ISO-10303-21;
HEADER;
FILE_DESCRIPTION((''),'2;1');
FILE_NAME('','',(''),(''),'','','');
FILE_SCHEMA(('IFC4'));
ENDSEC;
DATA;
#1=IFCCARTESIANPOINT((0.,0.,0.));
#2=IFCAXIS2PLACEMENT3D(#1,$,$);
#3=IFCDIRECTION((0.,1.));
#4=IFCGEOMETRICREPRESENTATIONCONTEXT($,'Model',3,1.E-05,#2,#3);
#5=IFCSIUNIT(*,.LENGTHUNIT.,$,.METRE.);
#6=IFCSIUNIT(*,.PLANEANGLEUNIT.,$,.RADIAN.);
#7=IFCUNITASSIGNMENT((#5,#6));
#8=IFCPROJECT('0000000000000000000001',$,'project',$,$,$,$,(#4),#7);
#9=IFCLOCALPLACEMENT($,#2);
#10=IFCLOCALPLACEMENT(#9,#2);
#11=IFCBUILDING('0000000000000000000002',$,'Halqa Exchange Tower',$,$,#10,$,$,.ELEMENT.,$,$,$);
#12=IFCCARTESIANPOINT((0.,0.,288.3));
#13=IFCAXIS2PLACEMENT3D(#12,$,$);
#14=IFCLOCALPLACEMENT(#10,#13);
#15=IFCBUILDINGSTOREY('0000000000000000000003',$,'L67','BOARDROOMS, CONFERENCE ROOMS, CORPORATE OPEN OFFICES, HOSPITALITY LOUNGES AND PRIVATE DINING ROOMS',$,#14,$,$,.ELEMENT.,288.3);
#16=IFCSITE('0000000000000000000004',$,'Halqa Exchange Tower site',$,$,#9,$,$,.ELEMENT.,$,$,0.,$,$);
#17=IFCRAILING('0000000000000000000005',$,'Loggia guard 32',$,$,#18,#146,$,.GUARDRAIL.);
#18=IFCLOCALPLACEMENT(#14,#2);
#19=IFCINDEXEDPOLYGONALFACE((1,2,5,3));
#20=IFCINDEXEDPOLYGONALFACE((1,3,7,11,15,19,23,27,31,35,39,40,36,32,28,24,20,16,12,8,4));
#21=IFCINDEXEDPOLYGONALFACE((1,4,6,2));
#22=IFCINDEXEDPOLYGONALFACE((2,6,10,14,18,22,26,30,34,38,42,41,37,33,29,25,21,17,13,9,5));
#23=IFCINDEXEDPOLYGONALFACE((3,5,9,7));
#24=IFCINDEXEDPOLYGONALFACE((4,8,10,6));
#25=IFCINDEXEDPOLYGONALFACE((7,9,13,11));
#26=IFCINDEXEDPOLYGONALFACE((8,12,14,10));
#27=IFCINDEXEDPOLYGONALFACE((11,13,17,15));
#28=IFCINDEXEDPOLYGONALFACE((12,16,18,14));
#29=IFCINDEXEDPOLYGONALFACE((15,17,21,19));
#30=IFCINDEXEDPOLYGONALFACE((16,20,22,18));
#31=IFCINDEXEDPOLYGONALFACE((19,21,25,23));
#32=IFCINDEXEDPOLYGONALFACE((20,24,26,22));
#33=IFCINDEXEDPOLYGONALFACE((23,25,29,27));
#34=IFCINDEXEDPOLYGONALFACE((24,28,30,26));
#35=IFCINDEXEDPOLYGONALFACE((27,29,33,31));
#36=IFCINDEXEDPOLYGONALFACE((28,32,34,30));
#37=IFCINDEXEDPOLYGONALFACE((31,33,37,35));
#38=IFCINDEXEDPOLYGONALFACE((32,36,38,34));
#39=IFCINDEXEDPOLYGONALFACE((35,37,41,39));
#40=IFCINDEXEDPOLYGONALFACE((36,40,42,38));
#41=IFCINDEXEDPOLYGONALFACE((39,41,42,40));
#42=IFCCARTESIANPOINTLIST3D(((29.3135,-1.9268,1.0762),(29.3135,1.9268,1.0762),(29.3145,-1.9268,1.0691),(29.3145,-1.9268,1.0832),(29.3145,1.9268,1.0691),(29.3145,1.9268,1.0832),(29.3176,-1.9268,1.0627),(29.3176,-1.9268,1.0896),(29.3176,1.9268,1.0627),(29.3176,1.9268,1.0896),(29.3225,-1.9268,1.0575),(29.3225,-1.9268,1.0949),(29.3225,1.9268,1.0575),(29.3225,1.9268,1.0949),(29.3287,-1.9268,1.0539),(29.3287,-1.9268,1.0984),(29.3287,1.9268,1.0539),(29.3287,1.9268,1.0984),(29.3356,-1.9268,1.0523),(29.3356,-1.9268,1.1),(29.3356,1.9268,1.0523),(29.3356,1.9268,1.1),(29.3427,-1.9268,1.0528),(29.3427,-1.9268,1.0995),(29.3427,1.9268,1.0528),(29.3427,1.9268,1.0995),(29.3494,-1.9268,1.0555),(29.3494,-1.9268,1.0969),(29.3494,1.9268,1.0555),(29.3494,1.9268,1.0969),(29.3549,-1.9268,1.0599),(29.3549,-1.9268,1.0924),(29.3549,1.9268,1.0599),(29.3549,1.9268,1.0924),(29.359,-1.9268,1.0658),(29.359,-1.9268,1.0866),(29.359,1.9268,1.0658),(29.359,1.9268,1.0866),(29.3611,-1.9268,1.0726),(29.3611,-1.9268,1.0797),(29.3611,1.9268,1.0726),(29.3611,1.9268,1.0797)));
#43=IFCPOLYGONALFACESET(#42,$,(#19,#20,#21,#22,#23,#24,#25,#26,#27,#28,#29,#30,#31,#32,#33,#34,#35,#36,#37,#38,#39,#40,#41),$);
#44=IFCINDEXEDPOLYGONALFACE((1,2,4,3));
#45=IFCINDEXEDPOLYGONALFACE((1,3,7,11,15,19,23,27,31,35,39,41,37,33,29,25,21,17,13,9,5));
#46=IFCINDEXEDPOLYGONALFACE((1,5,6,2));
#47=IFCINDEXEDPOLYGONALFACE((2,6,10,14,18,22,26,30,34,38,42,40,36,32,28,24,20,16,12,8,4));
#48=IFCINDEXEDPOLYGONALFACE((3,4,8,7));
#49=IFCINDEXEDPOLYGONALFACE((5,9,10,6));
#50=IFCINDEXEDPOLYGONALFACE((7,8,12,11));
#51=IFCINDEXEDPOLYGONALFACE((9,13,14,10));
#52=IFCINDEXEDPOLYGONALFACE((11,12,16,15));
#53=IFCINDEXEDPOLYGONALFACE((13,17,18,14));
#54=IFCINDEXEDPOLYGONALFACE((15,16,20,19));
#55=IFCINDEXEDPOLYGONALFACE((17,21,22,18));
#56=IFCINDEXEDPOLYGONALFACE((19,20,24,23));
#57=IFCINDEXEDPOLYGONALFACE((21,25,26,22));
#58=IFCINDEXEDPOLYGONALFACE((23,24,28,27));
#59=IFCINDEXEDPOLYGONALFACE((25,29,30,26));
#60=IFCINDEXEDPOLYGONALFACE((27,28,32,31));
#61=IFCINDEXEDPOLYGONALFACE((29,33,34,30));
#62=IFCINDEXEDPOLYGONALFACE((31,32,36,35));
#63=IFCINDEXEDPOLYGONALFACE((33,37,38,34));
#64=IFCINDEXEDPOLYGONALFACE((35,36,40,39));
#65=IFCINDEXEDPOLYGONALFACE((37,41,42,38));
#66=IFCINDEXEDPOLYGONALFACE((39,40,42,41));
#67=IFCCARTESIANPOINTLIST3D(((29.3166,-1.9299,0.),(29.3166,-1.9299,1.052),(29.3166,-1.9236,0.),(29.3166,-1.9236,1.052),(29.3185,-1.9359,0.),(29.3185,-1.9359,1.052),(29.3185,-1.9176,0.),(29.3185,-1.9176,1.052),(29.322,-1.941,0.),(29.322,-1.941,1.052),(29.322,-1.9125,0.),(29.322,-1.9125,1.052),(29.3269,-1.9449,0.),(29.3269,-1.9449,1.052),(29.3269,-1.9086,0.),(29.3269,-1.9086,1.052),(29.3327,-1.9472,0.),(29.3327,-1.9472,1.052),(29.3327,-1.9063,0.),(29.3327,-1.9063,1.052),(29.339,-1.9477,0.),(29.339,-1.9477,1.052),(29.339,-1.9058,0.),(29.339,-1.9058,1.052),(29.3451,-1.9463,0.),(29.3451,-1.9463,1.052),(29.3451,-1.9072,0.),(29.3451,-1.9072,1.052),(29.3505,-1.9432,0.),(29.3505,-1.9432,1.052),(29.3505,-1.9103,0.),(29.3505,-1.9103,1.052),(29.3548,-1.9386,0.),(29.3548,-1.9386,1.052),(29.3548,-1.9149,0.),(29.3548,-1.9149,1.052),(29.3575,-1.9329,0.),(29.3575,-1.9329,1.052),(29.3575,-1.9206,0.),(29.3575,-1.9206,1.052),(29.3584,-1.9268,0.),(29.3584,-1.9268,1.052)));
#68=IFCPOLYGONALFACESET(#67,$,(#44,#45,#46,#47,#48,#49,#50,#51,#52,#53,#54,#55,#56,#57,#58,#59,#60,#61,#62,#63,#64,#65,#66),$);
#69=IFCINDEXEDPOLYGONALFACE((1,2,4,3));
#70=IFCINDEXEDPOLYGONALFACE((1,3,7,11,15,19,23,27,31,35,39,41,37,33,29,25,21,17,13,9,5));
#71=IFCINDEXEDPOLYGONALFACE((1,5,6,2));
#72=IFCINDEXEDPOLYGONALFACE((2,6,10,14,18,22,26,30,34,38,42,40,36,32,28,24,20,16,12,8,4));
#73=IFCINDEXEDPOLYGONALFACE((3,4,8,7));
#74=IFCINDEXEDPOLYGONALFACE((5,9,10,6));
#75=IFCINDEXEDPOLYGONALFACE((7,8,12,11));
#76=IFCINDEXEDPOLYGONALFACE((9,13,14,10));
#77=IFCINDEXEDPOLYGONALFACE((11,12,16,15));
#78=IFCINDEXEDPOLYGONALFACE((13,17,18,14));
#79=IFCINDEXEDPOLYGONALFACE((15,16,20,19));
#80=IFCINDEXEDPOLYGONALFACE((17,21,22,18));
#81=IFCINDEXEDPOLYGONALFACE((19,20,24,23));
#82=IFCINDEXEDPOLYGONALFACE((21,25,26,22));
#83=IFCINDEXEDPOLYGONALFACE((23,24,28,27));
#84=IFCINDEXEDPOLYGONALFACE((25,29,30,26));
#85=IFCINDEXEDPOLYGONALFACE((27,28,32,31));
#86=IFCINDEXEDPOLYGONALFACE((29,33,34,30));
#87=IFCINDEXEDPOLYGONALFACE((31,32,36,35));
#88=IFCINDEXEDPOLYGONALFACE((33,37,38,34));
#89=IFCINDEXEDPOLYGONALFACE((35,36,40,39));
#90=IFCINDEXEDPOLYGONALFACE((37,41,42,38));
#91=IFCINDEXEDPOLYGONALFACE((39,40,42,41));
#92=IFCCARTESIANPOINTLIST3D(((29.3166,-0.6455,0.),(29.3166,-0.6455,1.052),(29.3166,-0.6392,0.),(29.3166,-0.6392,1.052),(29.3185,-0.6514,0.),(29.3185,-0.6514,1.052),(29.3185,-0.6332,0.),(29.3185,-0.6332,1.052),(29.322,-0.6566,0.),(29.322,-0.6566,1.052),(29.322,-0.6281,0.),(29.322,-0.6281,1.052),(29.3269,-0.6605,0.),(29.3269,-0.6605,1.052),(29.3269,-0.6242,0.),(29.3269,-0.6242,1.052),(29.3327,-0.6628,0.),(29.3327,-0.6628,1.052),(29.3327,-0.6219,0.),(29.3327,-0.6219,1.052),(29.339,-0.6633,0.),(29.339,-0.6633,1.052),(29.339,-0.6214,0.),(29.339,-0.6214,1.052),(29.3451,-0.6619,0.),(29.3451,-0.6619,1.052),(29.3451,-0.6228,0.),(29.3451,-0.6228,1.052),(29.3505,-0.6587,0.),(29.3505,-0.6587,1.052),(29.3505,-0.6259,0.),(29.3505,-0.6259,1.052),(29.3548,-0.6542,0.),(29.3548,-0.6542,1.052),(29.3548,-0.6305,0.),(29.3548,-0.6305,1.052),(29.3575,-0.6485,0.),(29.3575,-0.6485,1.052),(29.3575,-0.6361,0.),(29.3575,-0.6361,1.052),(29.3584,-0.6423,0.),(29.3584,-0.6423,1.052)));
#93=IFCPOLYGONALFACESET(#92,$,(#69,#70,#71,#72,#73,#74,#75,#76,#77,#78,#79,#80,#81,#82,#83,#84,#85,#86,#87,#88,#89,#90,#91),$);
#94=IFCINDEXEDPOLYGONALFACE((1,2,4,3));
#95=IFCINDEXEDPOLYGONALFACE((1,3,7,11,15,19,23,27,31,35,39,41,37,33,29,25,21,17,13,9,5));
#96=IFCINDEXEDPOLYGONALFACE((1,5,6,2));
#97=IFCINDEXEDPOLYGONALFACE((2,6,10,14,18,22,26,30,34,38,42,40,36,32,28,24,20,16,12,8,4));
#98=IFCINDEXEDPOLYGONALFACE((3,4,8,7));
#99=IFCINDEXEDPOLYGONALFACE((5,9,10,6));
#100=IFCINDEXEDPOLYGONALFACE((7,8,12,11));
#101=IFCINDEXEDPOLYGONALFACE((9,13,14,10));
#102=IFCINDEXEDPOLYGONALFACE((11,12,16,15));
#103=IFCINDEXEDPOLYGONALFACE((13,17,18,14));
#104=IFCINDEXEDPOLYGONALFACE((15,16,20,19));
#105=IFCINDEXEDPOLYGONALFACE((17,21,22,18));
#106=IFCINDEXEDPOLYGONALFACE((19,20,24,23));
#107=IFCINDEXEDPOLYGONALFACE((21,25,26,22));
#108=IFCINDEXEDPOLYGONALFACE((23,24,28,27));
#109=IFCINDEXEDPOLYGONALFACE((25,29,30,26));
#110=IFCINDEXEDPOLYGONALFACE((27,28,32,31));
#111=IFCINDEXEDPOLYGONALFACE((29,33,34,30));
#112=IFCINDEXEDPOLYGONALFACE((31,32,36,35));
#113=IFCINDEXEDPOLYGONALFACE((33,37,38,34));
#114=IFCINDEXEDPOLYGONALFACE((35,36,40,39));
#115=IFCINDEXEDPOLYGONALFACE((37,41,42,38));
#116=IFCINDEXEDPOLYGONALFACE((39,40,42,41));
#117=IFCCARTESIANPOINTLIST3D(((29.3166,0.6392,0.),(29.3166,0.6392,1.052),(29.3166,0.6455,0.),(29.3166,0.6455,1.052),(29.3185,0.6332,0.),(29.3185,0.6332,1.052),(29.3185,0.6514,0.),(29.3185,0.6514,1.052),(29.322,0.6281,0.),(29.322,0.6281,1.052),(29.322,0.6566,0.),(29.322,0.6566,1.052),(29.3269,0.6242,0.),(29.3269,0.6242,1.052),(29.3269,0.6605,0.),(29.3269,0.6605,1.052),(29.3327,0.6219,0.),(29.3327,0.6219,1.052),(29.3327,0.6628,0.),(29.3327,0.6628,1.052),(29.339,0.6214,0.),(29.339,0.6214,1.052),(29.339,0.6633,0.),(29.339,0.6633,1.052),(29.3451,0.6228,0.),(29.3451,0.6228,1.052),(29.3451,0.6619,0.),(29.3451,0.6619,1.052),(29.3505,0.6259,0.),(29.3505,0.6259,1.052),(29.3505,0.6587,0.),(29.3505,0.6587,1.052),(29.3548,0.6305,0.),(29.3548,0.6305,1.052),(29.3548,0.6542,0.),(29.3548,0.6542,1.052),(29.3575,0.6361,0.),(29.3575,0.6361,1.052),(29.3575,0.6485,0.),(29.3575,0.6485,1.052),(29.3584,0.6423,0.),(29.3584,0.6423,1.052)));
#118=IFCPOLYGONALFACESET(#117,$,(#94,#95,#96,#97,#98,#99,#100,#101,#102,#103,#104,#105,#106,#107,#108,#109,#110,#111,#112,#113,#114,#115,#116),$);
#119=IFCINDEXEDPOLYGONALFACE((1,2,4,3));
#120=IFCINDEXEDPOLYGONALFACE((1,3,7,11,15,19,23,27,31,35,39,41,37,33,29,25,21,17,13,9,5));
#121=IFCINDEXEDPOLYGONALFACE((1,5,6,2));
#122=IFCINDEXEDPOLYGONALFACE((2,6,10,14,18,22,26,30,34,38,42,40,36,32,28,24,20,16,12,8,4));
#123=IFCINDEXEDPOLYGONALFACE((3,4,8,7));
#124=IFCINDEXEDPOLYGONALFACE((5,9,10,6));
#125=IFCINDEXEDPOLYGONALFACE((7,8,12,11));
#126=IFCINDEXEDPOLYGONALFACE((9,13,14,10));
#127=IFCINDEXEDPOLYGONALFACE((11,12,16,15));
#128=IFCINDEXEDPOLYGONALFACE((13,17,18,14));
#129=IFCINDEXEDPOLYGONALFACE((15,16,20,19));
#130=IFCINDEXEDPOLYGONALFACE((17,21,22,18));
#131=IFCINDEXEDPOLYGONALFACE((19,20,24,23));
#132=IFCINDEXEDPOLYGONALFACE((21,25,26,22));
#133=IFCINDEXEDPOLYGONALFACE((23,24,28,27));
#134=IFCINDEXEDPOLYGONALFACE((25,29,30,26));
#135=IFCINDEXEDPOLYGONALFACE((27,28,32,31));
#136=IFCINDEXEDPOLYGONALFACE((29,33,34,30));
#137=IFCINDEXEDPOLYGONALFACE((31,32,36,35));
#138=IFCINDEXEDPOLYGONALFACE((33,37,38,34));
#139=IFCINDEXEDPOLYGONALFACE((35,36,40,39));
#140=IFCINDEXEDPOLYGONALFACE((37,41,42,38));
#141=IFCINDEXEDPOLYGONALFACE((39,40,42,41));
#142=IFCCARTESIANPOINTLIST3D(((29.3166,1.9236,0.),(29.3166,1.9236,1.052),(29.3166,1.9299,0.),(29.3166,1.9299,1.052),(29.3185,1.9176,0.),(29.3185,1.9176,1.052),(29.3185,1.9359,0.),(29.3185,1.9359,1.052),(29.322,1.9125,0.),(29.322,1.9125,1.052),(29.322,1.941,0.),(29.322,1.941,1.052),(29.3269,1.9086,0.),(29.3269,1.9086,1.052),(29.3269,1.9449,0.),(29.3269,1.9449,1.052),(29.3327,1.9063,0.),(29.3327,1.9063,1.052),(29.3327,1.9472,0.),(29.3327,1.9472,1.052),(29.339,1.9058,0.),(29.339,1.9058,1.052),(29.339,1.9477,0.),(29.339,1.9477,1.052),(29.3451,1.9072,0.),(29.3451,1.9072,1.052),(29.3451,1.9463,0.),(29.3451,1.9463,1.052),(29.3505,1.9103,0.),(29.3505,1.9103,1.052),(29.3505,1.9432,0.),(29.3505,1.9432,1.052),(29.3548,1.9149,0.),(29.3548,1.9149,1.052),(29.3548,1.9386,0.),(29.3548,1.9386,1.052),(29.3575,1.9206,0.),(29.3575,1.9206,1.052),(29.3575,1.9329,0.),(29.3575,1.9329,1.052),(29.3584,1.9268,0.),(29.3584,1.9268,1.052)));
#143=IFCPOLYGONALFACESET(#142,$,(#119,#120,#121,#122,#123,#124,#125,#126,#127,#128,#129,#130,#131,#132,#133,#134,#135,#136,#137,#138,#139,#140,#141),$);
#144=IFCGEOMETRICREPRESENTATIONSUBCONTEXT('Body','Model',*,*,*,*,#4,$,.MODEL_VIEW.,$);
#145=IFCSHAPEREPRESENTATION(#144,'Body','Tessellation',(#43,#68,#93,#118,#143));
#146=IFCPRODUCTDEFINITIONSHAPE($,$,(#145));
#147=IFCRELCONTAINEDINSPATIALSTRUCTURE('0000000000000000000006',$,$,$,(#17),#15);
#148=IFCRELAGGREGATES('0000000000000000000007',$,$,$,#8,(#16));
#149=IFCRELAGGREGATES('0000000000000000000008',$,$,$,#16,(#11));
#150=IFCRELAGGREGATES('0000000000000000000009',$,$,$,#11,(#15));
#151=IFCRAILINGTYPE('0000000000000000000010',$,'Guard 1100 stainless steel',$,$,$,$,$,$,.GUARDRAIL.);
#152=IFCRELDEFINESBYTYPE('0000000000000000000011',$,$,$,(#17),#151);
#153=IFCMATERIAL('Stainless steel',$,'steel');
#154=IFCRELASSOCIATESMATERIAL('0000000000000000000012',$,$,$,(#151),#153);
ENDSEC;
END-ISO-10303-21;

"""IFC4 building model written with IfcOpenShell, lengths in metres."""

from ifc_helpers import new_model, si_unit, direction, frame, origin, origin_2d, place, context, subcontext, project, spatial, circle, extrude, material, type_object, element, save


model = new_model("IFC4")

# Units and contexts
model_context = context("Model", 3, precision=1e-05, world=origin(), true_north=direction((0.0, 1.0)))
body_context = subcontext(model_context, "Body", "Model", "MODEL_VIEW")
ifc_project = project(units=[si_unit("LENGTHUNIT", "METRE"), si_unit("PLANEANGLEUNIT", "RADIAN")], contexts=[model_context])

# Site, building, storey
site_placement = place(None, origin())
site = spatial("IfcSite", under=ifc_project, at=site_placement, Name="Halqa Exchange Tower site", CompositionType="ELEMENT", RefElevation=0.0)
building_placement = place(site_placement, origin())
building = spatial("IfcBuilding", under=site, at=building_placement, Name="Halqa Exchange Tower", CompositionType="ELEMENT")
storey_placement = place(building_placement, frame((0.0, 0.0, 288.3)))
storey = spatial("IfcBuildingStorey", under=building, at=storey_placement, Name="L67", Description="BOARDROOMS, CONFERENCE ROOMS, CORPORATE OPEN OFFICES, HOSPITALITY LOUNGES AND PRIVATE DINING ROOMS", CompositionType="ELEMENT", Elevation=288.3)

# Railing
ifc_material_1 = material(Name="Stainless steel", Category="steel")
railing_type = type_object("IfcRailingType", Name="Guard 1100 stainless steel", PredefinedType="GUARDRAIL", material=ifc_material_1)
railing_1_placement = place(storey_placement, frame((29.3374, -1.9268, 0.0)))
element("IfcRailing", 1, at=railing_1_placement, inside=storey, type_object=railing_type, Name="Loggia guard 32", PredefinedType="GUARDRAIL", context=body_context, shape_type="SweptSolid", body=[
    extrude(circle(Radius=0.0239, at=origin_2d()), frame((0.0, 0.0, 1.0762), z_axis=(0.0, 1.0, 0.0), x_axis=(-1.0, 0.0, 0.0)), (0.0, 0.0, 1.0), 3.8535),
    extrude(circle(Radius=0.021, at=origin_2d()), origin(), (0.0, 0.0, 1.0), 1.052),
    extrude(circle(Radius=0.021, at=origin_2d()), frame((0.0, 1.2844, 0.0)), (0.0, 0.0, 1.0), 1.052),
    extrude(circle(Radius=0.021, at=origin_2d()), frame((0.0, 2.5691, 0.0)), (0.0, 0.0, 1.0), 1.052),
    extrude(circle(Radius=0.021, at=origin_2d()), frame((0.0, 3.8535, 0.0)), (0.0, 0.0, 1.0), 1.052),
])

save(model, "model.ifc")
